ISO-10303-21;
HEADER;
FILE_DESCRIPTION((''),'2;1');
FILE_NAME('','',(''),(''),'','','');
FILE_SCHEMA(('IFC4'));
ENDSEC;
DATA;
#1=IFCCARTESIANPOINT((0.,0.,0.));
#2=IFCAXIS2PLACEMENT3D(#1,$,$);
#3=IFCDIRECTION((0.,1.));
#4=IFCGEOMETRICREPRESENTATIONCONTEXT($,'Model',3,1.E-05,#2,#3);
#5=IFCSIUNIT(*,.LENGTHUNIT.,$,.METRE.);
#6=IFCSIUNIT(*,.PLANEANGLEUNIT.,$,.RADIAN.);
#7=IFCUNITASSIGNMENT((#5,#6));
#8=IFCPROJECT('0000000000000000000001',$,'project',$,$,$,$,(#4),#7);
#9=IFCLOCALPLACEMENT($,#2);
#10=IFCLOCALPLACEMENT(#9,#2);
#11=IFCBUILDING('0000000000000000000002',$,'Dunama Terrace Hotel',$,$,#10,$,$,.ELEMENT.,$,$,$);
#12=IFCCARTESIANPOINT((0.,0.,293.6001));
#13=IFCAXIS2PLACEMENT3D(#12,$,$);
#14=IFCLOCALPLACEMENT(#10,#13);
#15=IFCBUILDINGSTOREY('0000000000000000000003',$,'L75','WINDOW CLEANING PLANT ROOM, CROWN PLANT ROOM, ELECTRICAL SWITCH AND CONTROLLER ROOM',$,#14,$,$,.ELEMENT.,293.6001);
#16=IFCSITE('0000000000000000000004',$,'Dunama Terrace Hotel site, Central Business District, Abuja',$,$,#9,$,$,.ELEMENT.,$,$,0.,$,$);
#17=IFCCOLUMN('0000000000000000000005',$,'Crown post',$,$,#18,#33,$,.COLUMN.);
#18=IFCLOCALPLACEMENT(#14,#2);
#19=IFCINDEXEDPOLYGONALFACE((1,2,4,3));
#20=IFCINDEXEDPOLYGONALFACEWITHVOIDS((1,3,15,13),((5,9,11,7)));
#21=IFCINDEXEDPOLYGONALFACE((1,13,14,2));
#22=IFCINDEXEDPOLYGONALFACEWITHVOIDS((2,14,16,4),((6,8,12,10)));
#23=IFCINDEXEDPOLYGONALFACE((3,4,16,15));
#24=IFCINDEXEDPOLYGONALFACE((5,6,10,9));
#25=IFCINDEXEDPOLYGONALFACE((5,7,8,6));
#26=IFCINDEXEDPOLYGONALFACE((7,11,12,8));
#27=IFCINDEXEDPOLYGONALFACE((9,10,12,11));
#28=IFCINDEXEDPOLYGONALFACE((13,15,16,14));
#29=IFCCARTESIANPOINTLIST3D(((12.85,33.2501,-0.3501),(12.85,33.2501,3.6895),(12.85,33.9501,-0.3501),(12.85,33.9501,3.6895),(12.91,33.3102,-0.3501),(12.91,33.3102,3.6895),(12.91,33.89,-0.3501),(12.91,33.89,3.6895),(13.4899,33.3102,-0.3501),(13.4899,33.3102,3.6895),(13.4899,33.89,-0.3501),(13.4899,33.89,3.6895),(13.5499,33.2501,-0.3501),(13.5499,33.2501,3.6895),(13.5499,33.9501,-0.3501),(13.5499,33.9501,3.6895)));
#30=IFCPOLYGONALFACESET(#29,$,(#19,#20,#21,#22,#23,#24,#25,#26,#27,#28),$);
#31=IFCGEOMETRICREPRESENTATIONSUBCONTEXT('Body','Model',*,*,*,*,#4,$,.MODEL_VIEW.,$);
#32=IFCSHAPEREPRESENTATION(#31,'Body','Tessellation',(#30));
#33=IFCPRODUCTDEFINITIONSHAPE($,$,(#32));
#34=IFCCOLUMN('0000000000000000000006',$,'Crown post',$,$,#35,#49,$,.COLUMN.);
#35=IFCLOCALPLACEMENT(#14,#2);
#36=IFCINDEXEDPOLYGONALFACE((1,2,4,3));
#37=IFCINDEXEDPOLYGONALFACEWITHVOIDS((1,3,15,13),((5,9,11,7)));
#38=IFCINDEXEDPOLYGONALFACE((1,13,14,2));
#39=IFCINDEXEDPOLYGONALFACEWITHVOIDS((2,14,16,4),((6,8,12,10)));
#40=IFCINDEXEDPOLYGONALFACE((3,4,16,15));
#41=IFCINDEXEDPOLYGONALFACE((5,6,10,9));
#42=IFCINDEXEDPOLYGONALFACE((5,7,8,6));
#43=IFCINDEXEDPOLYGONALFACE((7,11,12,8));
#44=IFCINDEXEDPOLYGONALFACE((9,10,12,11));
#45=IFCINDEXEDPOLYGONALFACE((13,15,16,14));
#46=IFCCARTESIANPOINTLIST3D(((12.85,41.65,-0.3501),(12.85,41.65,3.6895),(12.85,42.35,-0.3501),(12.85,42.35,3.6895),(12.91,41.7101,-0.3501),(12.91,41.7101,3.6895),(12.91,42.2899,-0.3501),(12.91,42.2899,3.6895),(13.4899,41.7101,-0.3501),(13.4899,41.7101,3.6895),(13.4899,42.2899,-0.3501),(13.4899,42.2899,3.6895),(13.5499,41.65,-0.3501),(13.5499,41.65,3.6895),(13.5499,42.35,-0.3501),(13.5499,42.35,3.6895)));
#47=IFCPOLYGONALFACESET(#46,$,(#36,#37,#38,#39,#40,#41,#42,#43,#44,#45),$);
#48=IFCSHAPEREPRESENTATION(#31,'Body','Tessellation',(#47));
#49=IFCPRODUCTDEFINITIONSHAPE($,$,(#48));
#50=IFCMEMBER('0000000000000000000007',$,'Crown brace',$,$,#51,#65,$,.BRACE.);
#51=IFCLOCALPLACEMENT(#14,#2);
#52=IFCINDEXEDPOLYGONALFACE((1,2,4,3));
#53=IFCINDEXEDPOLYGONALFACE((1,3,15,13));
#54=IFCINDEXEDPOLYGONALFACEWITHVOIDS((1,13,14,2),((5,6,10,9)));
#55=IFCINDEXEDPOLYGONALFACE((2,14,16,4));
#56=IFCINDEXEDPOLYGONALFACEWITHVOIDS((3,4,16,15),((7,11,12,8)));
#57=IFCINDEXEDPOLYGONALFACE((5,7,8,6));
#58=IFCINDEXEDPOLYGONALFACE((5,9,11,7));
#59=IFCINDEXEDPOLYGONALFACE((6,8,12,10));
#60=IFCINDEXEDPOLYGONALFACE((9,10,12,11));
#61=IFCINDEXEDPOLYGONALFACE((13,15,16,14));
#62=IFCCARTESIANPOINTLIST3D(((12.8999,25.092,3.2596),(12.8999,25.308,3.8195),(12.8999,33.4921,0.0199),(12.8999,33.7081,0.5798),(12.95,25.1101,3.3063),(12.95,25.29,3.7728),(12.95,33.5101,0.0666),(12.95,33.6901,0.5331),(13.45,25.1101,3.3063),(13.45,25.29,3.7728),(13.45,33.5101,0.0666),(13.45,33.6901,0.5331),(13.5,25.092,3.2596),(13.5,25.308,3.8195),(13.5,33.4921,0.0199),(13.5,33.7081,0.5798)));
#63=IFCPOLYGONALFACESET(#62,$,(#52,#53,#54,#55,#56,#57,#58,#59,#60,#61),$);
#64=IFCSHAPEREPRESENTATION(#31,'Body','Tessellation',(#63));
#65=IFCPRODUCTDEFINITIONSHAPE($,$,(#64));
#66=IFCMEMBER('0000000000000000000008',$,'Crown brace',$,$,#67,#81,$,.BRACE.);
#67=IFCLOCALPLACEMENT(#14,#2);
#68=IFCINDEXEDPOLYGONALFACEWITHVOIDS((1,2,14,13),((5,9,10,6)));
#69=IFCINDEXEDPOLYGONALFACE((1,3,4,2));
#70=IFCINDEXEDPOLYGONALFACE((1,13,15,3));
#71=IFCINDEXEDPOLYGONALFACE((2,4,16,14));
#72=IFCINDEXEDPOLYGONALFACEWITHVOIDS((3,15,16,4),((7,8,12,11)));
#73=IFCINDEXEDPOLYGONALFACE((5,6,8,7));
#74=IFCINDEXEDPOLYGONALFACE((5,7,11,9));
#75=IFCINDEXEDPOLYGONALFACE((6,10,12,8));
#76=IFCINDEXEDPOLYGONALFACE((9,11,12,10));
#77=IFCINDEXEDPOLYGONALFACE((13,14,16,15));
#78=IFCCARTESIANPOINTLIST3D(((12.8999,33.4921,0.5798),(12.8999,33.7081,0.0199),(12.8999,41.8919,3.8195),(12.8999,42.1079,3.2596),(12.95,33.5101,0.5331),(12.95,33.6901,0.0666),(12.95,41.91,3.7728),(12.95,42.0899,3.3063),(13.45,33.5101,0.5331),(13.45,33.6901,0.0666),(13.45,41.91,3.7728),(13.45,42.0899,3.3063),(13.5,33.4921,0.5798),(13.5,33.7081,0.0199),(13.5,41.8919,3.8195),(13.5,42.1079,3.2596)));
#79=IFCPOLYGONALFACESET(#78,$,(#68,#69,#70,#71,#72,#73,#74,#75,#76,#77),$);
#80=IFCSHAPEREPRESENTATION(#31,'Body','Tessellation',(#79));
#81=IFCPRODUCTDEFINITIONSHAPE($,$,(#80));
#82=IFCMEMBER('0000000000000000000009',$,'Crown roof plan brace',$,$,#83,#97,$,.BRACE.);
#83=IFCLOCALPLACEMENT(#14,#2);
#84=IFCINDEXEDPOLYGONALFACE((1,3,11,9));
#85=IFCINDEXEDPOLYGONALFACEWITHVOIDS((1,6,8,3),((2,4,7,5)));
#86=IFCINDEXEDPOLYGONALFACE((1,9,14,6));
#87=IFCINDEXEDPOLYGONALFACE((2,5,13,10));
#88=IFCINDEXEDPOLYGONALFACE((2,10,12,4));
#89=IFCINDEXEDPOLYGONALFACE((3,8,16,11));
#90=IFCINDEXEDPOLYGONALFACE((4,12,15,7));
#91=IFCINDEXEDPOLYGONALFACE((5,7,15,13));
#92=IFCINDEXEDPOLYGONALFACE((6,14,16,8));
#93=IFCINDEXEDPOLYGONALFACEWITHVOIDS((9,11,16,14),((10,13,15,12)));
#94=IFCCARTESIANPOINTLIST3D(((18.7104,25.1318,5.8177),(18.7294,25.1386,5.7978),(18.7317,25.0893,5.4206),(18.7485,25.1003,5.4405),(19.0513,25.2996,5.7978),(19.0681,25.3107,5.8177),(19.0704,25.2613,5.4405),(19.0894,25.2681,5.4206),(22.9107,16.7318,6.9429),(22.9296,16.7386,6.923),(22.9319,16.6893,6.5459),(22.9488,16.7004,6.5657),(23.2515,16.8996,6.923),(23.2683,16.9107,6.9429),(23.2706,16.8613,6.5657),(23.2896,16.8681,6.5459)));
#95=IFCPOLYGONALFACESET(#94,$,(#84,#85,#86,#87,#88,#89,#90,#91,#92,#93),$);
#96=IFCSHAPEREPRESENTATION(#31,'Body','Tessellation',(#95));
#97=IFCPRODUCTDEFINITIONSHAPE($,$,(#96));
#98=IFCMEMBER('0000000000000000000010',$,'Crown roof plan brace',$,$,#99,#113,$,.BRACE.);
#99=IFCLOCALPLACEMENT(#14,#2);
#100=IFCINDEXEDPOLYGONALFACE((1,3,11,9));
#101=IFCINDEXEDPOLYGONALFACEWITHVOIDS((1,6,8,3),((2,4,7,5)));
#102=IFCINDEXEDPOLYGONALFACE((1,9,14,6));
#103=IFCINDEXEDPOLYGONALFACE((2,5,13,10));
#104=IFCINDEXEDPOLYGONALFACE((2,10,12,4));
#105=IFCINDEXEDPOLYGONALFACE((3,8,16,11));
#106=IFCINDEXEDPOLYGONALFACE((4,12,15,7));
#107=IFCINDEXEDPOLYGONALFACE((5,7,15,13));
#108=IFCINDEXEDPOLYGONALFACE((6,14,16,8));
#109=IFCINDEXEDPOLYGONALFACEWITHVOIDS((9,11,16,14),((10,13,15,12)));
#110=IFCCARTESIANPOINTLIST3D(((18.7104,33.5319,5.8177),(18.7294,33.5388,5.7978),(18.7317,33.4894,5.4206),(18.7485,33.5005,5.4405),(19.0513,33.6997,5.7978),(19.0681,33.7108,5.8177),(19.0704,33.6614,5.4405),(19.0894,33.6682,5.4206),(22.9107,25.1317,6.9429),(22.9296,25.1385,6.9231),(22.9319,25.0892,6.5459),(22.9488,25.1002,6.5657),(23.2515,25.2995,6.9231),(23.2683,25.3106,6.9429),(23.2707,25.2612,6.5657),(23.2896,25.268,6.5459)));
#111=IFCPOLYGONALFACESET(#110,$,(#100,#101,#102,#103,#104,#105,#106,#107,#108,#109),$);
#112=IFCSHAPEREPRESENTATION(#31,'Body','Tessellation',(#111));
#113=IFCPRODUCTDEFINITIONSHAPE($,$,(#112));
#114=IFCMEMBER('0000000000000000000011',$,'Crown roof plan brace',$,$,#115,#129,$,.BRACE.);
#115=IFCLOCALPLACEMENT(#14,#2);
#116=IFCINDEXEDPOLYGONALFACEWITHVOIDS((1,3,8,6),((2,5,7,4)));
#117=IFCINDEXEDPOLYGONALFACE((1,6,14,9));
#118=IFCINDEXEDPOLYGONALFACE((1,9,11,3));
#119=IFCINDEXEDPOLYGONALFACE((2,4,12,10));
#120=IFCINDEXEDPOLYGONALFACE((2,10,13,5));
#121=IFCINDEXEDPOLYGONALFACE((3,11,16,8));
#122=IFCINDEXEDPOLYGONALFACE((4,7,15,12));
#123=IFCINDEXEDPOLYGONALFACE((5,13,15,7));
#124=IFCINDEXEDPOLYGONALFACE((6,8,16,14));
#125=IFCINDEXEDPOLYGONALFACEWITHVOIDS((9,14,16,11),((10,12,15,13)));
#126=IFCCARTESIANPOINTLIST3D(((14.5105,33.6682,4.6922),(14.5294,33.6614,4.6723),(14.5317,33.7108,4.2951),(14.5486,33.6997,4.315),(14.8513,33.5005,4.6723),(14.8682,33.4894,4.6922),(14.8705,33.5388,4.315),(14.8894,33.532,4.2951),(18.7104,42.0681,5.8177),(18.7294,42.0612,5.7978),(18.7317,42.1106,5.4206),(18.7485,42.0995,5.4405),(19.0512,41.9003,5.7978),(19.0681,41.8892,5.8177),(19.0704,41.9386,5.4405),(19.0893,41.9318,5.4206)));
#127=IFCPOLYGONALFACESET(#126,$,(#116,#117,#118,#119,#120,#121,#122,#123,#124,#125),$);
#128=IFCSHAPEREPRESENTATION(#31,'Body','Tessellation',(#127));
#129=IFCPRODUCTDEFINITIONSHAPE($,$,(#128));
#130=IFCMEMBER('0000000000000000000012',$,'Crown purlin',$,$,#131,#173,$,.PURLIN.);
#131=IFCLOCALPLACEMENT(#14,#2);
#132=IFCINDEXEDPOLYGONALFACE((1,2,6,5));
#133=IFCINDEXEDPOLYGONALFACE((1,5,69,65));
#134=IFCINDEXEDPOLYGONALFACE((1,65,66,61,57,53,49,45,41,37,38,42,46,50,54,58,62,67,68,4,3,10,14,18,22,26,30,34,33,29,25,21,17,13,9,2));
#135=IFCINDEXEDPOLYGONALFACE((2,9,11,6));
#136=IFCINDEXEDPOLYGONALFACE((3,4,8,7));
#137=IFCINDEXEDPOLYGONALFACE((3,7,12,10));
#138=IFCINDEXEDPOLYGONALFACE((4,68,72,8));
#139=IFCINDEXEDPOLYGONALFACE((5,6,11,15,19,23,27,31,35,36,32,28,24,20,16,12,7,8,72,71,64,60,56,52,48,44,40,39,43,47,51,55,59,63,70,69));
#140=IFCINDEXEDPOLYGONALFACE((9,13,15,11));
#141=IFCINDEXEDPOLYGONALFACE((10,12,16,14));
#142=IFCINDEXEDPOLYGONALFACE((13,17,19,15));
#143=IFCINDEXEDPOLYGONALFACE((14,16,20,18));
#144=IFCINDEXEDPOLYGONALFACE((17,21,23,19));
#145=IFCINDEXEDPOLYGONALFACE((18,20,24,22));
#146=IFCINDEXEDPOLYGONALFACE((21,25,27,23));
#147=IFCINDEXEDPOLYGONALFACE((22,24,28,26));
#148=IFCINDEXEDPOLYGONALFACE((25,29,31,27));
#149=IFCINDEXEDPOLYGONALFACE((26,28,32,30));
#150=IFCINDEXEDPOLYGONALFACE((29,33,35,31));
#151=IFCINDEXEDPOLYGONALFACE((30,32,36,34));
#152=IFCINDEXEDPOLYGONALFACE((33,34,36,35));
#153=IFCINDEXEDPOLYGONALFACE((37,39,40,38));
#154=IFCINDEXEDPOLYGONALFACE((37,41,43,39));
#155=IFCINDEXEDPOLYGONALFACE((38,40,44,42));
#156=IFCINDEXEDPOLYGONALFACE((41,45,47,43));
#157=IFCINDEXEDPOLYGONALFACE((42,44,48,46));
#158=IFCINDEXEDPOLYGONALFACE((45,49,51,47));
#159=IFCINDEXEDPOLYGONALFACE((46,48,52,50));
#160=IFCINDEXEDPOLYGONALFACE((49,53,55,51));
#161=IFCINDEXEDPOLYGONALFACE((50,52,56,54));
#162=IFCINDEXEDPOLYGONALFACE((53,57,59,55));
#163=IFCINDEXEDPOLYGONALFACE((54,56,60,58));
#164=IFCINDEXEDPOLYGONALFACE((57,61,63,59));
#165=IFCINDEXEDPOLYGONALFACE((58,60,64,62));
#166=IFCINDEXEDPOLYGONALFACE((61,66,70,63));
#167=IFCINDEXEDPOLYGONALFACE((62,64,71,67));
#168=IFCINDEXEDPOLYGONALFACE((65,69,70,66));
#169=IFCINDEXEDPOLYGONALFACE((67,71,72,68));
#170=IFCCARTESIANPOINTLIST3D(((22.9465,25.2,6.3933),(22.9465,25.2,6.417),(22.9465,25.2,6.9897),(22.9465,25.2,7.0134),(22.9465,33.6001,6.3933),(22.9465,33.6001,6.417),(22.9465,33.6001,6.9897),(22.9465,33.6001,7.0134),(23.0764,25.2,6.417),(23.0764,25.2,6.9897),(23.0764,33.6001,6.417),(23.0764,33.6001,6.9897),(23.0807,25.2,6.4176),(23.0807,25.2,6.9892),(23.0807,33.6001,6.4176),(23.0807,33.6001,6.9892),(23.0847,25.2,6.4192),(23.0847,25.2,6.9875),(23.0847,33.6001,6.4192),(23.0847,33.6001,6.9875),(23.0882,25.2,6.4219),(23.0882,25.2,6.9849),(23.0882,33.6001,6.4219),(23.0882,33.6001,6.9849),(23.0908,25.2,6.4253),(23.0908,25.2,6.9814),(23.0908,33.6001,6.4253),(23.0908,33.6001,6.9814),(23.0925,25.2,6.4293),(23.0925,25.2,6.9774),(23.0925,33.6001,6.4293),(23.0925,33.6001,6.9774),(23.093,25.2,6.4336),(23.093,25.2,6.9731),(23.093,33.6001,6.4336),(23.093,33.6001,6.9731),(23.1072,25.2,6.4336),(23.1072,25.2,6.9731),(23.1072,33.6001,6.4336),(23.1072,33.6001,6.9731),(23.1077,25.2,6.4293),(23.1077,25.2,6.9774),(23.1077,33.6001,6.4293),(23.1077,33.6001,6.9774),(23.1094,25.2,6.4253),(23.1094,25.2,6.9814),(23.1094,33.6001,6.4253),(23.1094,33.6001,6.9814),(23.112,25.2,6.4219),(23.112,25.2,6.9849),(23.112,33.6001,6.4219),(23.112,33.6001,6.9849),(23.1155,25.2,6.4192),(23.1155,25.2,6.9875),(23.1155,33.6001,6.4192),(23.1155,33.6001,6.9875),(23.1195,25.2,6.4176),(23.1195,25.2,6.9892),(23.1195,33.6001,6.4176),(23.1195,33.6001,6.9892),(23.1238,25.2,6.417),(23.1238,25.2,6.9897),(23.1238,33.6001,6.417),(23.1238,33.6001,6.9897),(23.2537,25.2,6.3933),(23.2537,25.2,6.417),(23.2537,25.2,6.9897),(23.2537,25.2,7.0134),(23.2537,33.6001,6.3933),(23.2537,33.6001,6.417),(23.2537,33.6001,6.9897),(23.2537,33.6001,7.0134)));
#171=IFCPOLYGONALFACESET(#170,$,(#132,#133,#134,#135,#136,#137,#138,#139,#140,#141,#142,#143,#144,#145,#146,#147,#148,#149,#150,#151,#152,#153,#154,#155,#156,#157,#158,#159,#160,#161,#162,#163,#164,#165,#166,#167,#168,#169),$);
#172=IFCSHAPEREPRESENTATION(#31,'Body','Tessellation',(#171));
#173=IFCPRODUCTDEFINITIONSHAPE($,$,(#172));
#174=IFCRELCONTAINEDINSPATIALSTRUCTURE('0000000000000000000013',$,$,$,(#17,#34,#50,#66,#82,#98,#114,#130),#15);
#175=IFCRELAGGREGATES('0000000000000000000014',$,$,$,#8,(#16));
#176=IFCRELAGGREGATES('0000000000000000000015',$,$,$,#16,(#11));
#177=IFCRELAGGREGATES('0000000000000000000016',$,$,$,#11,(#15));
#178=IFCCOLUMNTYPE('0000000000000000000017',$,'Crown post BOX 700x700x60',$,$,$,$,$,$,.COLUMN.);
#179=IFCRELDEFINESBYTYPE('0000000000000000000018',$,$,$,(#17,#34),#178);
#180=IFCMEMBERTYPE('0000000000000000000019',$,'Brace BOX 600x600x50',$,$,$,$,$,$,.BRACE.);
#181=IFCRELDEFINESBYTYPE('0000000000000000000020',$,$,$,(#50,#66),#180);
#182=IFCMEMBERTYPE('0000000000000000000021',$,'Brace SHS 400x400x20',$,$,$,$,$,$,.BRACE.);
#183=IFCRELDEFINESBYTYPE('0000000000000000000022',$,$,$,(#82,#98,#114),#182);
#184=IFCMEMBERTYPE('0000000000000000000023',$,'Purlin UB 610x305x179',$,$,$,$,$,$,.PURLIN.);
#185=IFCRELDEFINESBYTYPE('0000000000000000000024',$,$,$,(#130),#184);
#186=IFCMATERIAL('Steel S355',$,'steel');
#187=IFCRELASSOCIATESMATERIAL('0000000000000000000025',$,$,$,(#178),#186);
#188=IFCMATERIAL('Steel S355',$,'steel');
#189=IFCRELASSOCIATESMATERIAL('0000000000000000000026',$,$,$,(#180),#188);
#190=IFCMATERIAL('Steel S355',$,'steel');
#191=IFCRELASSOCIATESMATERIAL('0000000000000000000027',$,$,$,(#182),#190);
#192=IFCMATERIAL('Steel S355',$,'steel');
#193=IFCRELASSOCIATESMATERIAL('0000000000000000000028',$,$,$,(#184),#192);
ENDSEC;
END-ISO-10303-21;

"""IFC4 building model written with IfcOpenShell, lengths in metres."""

from ifc_helpers import new_model, si_unit, direction, frame, origin, origin_2d, place, context, subcontext, project, spatial, hollow_rectangle, i_section, extrude, material, material_profile, profile_set, type_object, element, save


model = new_model("IFC4")

# Units and contexts
model_context = context("Model", 3, precision=1e-05, world=origin(), true_north=direction((0.0, 1.0)))
body_context = subcontext(model_context, "Body", "Model", "MODEL_VIEW")
ifc_project = project(units=[si_unit("LENGTHUNIT", "METRE"), si_unit("PLANEANGLEUNIT", "RADIAN")], contexts=[model_context])

# Site, building, storey
site_placement = place(None, origin())
site = spatial("IfcSite", under=ifc_project, at=site_placement, Name="Dunama Terrace Hotel site, Central Business District, Abuja", CompositionType="ELEMENT", RefElevation=0.0)
building_placement = place(site_placement, origin())
building = spatial("IfcBuilding", under=site, at=building_placement, Name="Dunama Terrace Hotel", CompositionType="ELEMENT")
storey_placement = place(building_placement, frame((0.0, 0.0, 293.6001)))
storey = spatial("IfcBuildingStorey", under=building, at=storey_placement, Name="L75", Description="WINDOW CLEANING PLANT ROOM, CROWN PLANT ROOM, ELECTRICAL SWITCH AND CONTROLLER ROOM", CompositionType="ELEMENT", Elevation=293.6001)

# Columns
ifc_material_1 = material(Name="Steel S355", Category="steel")
ifc_material_profile_1 = material_profile(ifc_material_1, hollow_rectangle(XDim=0.7, YDim=0.7, WallThickness=0.0601, at=origin_2d()), Name="BOX 700x700x60")
ifc_profile_set_1 = profile_set([ifc_material_profile_1], Name="Steel S355")
column_type = type_object("IfcColumnType", Name="Crown post BOX 700x700x60", PredefinedType="COLUMN", material=ifc_profile_set_1)
for number, where, z_axis, x_axis, name in (
    (1, (13.2, 33.6001, -0.3501), (0.0, 0.0, 1.0), (1.0, 0.0, 0.0), "Crown post"),
    (2, (13.2, 42.0, -0.3501), (0.0, 0.0, 1.0), (1.0, 0.0, 0.0), "Crown post"),
):
    element("IfcColumn", number, at=place(storey_placement, frame(where, z_axis=z_axis, x_axis=x_axis)), inside=storey, type_object=column_type, Name=name, PredefinedType="COLUMN", context=body_context, shape_type="SweptSolid", body=[
        extrude(hollow_rectangle(XDim=0.7, YDim=0.7, WallThickness=0.0601, at=origin_2d()), origin(), (0.0, 0.0, 1.0), 4.0396),
    ])

# Members
ifc_material_2 = material(Name="Steel S355", Category="steel")
ifc_material_profile_2 = material_profile(ifc_material_2, hollow_rectangle(XDim=0.6001, YDim=0.6001, WallThickness=0.05, at=origin_2d()), Name="BOX 600x600x50")
ifc_profile_set_2 = profile_set([ifc_material_profile_2], Name="Steel S355")
member_type_1 = type_object("IfcMemberType", Name="Brace BOX 600x600x50", PredefinedType="BRACE", material=ifc_profile_set_2)
member_1_placement = place(storey_placement, frame((13.2, 33.6001, 0.2998), z_axis=(0.0, -0.933013, 0.359842), x_axis=(1.0, 0.0, 0.0)))
element("IfcMember", 3, at=member_1_placement, inside=storey, type_object=member_type_1, Name="Crown brace", PredefinedType="BRACE", context=body_context, shape_type="SweptSolid", body=[
    extrude(hollow_rectangle(XDim=0.6001, YDim=0.6001, WallThickness=0.05, at=origin_2d()), origin(), (0.0, 0.0, 1.0), 9.0032),
])
member_2_placement = place(storey_placement, frame((13.2, 33.6001, 0.2998), z_axis=(0.0, 0.93301, 0.359851), x_axis=(-1.0, 0.0, 0.0)))
element("IfcMember", 4, at=member_2_placement, inside=storey, type_object=member_type_1, Name="Crown brace", PredefinedType="BRACE", context=body_context, shape_type="SweptSolid", body=[
    extrude(hollow_rectangle(XDim=0.6001, YDim=0.6001, WallThickness=0.05, at=origin_2d()), origin(), (0.0, 0.0, 1.0), 9.0029),
])
ifc_material_3 = material(Name="Steel S355", Category="steel")
ifc_material_profile_3 = material_profile(ifc_material_3, hollow_rectangle(XDim=0.3999, YDim=0.3999, WallThickness=0.02, at=origin_2d()), Name="SHS 400x400x20")
ifc_profile_set_3 = profile_set([ifc_material_profile_3], Name="Steel S355")
member_type_2 = type_object("IfcMemberType", Name="Brace SHS 400x400x20", PredefinedType="BRACE", material=ifc_profile_set_3)
member_3_placement = place(storey_placement, frame((18.8999, 25.2, 5.6191), z_axis=(0.444058, -0.888065, 0.118964), x_axis=(0.894417, 0.447234, 0.0)))
element("IfcMember", 5, at=member_3_placement, inside=storey, type_object=member_type_2, Name="Crown roof plan brace", PredefinedType="BRACE", context=body_context, shape_type="SweptSolid", body=[
    extrude(hollow_rectangle(XDim=0.3999, YDim=0.3999, WallThickness=0.02, at=origin_2d()), origin(), (0.0, 0.0, 1.0), 9.4587),
])
member_4_placement = place(storey_placement, frame((18.8999, 33.6001, 5.6191), z_axis=(0.444048, -0.888071, 0.118962), x_axis=(0.894422, 0.447224, 0.0)))
element("IfcMember", 6, at=member_4_placement, inside=storey, type_object=member_type_2, Name="Crown roof plan brace", PredefinedType="BRACE", context=body_context, shape_type="SweptSolid", body=[
    extrude(hollow_rectangle(XDim=0.3999, YDim=0.3999, WallThickness=0.02, at=origin_2d()), origin(), (0.0, 0.0, 1.0), 9.459),
])
member_5_placement = place(storey_placement, frame((14.7, 33.6001, 4.4937), z_axis=(0.444036, 0.888073, 0.118991), x_axis=(-0.894427, 0.447214, 0.0)))
element("IfcMember", 7, at=member_5_placement, inside=storey, type_object=member_type_2, Name="Crown roof plan brace", PredefinedType="BRACE", context=body_context, shape_type="SweptSolid", body=[
    extrude(hollow_rectangle(XDim=0.3999, YDim=0.3999, WallThickness=0.02, at=origin_2d()), origin(), (0.0, 0.0, 1.0), 9.4585),
])
ifc_material_4 = material(Name="Steel S355", Category="steel")
ifc_material_profile_4 = material_profile(ifc_material_4, i_section(OverallWidth=0.3071, OverallDepth=0.6201, WebThickness=0.0142, FlangeThickness=0.0237, FilletRadius=0.0166, at=origin_2d()), Name="UB 610x305x179")
ifc_profile_set_4 = profile_set([ifc_material_profile_4], Name="Steel S355")
member_type_3 = type_object("IfcMemberType", Name="Purlin UB 610x305x179", PredefinedType="PURLIN", material=ifc_profile_set_4)
member_6_placement = place(storey_placement, frame((23.1001, 25.2, 6.7034), z_axis=(0.0, 1.0, 0.0), x_axis=(-1.0, 0.0, 0.0)))
element("IfcMember", 8, at=member_6_placement, inside=storey, type_object=member_type_3, Name="Crown purlin", PredefinedType="PURLIN", context=body_context, shape_type="SweptSolid", body=[
    extrude(i_section(OverallWidth=0.3071, OverallDepth=0.6201, WebThickness=0.0142, FlangeThickness=0.0237, FilletRadius=0.0166, at=origin_2d()), origin(), (0.0, 0.0, 1.0), 8.4001),
])

save(model, "model.ifc")
